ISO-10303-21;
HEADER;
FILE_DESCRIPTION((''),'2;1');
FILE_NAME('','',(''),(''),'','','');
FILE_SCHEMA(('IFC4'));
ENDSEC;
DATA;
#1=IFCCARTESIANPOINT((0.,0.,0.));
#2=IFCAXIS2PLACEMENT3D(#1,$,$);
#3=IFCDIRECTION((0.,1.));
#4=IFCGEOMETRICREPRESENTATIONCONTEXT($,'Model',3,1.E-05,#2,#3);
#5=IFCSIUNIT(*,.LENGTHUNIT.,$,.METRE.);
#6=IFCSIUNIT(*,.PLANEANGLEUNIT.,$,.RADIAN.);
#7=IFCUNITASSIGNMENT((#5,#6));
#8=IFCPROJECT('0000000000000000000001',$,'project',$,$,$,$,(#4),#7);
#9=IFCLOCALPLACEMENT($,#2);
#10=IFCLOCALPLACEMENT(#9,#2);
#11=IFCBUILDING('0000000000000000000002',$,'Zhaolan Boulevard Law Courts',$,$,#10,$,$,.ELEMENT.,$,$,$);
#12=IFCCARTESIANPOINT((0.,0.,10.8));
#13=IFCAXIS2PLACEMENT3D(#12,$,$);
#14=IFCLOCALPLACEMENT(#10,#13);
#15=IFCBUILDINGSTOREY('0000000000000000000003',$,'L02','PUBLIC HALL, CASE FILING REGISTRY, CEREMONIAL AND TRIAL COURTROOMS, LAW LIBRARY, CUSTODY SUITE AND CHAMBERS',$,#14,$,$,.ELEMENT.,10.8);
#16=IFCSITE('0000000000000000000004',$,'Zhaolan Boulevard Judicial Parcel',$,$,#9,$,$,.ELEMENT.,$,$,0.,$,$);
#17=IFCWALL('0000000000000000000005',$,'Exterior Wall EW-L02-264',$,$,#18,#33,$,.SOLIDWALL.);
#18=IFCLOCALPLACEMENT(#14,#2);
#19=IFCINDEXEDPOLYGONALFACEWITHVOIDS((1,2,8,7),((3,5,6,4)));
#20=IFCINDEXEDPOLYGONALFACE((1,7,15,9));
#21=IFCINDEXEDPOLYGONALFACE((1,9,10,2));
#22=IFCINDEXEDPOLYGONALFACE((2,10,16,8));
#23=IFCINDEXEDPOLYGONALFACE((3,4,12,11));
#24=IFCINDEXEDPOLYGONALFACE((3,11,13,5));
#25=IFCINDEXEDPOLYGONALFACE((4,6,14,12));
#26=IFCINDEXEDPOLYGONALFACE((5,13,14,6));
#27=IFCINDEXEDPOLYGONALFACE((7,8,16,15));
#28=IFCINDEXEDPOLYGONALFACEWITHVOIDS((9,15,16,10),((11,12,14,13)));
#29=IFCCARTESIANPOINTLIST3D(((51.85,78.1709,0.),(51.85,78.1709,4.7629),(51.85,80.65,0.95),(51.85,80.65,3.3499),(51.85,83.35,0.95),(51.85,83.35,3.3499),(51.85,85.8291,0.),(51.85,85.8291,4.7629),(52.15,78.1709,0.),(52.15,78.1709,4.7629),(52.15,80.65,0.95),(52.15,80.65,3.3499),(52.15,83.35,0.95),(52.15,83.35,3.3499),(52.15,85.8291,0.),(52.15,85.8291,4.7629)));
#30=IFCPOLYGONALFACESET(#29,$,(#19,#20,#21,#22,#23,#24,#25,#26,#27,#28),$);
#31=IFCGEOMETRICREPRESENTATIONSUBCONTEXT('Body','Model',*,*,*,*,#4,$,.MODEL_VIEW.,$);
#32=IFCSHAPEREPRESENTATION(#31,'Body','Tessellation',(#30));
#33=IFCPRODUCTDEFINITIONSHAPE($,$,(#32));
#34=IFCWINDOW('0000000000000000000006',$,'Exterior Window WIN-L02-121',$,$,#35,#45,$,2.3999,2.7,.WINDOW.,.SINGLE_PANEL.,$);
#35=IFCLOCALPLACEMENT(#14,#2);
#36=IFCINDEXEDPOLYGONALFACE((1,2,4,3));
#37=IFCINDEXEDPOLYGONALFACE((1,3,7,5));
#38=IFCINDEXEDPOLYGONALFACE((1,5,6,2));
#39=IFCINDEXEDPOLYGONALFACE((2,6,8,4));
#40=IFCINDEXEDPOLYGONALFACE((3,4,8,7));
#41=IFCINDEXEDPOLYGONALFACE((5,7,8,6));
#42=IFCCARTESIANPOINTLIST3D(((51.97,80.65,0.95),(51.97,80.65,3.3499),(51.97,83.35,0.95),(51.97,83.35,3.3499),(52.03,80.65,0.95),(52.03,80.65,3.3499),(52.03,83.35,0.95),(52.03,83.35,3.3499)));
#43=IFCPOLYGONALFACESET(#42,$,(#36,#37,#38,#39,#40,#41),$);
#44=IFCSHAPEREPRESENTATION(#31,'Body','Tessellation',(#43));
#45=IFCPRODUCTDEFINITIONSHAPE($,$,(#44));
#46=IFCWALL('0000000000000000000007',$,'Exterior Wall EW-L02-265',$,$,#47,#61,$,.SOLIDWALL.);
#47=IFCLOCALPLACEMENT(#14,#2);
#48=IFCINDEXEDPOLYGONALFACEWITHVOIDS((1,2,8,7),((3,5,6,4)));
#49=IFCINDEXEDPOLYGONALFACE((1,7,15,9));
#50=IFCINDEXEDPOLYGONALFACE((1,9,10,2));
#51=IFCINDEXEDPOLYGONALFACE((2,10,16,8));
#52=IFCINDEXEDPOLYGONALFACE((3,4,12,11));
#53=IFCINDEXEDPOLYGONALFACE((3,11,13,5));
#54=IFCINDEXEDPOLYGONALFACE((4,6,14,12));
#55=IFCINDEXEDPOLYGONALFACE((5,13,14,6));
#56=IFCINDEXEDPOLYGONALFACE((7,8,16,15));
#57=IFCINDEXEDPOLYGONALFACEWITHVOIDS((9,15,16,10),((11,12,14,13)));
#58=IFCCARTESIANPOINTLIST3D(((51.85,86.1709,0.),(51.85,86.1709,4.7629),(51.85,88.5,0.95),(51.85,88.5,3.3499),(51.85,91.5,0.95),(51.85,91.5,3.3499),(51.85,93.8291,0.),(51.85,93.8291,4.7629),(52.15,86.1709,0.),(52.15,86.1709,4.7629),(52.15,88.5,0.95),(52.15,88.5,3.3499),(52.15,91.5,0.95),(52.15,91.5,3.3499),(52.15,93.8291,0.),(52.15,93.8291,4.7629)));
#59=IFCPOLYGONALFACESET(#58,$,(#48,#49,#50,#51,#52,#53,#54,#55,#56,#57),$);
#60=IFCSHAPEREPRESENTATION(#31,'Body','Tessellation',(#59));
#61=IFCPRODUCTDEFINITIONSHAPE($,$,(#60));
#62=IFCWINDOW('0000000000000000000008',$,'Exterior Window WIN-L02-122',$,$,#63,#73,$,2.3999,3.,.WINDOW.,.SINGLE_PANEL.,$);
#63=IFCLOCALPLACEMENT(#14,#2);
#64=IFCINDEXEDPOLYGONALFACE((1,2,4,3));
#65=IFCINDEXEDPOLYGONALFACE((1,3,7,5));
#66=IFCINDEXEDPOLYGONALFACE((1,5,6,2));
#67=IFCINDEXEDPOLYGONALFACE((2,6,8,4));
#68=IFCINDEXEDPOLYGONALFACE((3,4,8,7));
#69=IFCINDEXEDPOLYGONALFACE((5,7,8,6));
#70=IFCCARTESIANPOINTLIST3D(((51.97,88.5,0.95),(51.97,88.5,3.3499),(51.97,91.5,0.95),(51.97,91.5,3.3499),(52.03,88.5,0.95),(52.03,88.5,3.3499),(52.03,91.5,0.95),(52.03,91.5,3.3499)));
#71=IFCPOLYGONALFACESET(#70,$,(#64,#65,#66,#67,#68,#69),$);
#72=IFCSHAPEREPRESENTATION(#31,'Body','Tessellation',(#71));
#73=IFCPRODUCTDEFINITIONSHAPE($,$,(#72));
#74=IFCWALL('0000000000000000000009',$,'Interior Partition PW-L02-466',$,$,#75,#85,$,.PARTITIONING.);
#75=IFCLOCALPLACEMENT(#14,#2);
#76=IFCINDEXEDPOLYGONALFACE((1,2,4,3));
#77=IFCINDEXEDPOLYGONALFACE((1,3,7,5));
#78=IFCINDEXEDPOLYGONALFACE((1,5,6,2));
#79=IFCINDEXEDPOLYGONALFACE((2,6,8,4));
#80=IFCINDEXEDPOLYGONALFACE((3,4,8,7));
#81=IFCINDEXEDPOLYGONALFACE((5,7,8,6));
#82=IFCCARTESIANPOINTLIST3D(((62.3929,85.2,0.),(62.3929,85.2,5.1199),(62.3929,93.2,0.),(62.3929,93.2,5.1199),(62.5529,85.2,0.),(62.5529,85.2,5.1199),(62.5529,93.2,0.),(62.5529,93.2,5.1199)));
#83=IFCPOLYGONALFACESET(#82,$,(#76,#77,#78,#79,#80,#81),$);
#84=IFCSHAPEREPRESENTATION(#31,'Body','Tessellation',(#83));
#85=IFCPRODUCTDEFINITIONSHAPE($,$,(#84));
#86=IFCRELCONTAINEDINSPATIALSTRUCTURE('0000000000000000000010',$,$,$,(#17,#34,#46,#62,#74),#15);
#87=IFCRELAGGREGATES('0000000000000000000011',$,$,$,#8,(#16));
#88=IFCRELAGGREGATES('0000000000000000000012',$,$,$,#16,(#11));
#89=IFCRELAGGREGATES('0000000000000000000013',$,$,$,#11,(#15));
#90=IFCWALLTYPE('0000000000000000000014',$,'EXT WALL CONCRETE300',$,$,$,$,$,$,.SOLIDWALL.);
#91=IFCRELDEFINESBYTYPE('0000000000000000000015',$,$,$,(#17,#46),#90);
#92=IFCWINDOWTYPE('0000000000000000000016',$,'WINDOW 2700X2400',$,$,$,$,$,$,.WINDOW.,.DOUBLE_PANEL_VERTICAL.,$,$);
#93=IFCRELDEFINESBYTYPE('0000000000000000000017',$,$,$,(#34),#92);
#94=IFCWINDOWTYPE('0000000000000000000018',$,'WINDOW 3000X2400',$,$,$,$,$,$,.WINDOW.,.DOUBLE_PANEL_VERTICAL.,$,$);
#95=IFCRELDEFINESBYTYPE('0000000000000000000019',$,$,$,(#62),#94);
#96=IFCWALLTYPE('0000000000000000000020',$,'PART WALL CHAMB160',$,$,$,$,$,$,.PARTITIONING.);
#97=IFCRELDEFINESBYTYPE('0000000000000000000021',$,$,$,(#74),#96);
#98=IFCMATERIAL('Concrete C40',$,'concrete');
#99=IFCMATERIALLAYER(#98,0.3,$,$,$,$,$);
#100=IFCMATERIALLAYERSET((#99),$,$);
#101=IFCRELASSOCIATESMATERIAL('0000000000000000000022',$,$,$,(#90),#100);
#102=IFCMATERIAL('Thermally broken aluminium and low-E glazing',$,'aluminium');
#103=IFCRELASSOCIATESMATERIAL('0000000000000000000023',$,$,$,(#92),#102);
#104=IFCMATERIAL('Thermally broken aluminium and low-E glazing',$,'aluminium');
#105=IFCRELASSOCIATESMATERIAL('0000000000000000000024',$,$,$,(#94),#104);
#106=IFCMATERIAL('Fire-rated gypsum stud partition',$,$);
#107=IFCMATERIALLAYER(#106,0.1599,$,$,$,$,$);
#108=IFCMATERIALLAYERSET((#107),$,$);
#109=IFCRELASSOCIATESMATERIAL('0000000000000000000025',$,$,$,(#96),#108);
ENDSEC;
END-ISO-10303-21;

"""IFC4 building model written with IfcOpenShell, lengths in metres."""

from ifc_helpers import new_model, si_unit, direction, frame, frame_2d, origin, place, context, subcontext, project, spatial, rectangle, extrude, material, layer, layer_set, type_object, element, fill, save


model = new_model("IFC4")

# Units and contexts
model_context = context("Model", 3, precision=1e-05, world=origin(), true_north=direction((0.0, 1.0)))
body_context = subcontext(model_context, "Body", "Model", "MODEL_VIEW")
ifc_project = project(units=[si_unit("LENGTHUNIT", "METRE"), si_unit("PLANEANGLEUNIT", "RADIAN")], contexts=[model_context])

# Site, building, storey
site_placement = place(None, origin())
site = spatial("IfcSite", under=ifc_project, at=site_placement, Name="Zhaolan Boulevard Judicial Parcel", CompositionType="ELEMENT", RefElevation=0.0)
building_placement = place(site_placement, origin())
building = spatial("IfcBuilding", under=site, at=building_placement, Name="Zhaolan Boulevard Law Courts", CompositionType="ELEMENT")
storey_placement = place(building_placement, frame((0.0, 0.0, 10.8)))
storey = spatial("IfcBuildingStorey", under=building, at=storey_placement, Name="L02", Description="PUBLIC HALL, CASE FILING REGISTRY, CEREMONIAL AND TRIAL COURTROOMS, LAW LIBRARY, CUSTODY SUITE AND CHAMBERS", CompositionType="ELEMENT", Elevation=10.8)

# Walls, openings, windows
ifc_material_1 = material(Name="Concrete C40", Category="concrete")
ifc_layer_1 = layer(ifc_material_1, 0.3)
ifc_layer_set_1 = layer_set([ifc_layer_1])
wall_type_1 = type_object("IfcWallType", Name="EXT WALL CONCRETE300", PredefinedType="SOLIDWALL", material=ifc_layer_set_1)
wall_1_placement = place(storey_placement, frame((52.0, 85.8291, 0.0), z_axis=(0.0, 0.0, 1.0), x_axis=(0.0, -1.0, 0.0)))
wall_1 = element("IfcWall", 1, at=wall_1_placement, inside=storey, type_object=wall_type_1, Name="Exterior Wall EW-L02-264", PredefinedType="SOLIDWALL", context=body_context, shape_type="SweptSolid", body=[
    extrude(rectangle(XDim=7.6582, YDim=0.3, at=frame_2d((3.8291, 0.0))), origin(), (0.0, 0.0, 1.0), 4.7629),
])
opening_1_placement = place(wall_1_placement, frame((2.479, 0.0, 0.95)))
opening_1 = element("IfcOpeningElement", 2, at=opening_1_placement, cuts=wall_1, PredefinedType="OPENING", context=body_context, shape_type="SweptSolid", body=[
    extrude(rectangle(XDim=2.7, YDim=2.3999, at=frame_2d((1.3501, 1.2))), frame((0.0, 0.1599, 0.0), z_axis=(0.0, -1.0, 0.0), x_axis=(1.0, 0.0, 0.0)), (0.0, 0.0, 1.0), 0.3201),
])
ifc_material_2 = material(Name="Thermally broken aluminium and low-E glazing", Category="aluminium")
window_type_1 = type_object("IfcWindowType", Name="WINDOW 2700X2400", PartitioningType="DOUBLE_PANEL_VERTICAL", PredefinedType="WINDOW", material=ifc_material_2)
window_1_placement = place(opening_1_placement, origin())
window_1 = element("IfcWindow", 3, at=window_1_placement, inside=storey, type_object=window_type_1, Name="Exterior Window WIN-L02-121", OverallHeight=2.3999, OverallWidth=2.7, PartitioningType="SINGLE_PANEL", PredefinedType="WINDOW", context=body_context, shape_type="SweptSolid", body=[
    extrude(rectangle(XDim=2.7, YDim=2.3999, at=frame_2d((1.3501, 1.2))), frame((0.0, 0.03, 0.0), z_axis=(0.0, -1.0, 0.0), x_axis=(1.0, 0.0, 0.0)), (0.0, 0.0, 1.0), 0.0601),
])
fill(opening_1, window_1)
wall_2_placement = place(storey_placement, frame((52.0, 93.8291, 0.0), z_axis=(0.0, 0.0, 1.0), x_axis=(0.0, -1.0, 0.0)))
wall_2 = element("IfcWall", 4, at=wall_2_placement, inside=storey, type_object=wall_type_1, Name="Exterior Wall EW-L02-265", PredefinedType="SOLIDWALL", context=body_context, shape_type="SweptSolid", body=[
    extrude(rectangle(XDim=7.6582, YDim=0.3, at=frame_2d((3.8291, 0.0))), origin(), (0.0, 0.0, 1.0), 4.7629),
])
opening_2_placement = place(wall_2_placement, frame((2.3291, 0.0, 0.95)))
opening_2 = element("IfcOpeningElement", 5, at=opening_2_placement, cuts=wall_2, PredefinedType="OPENING", context=body_context, shape_type="SweptSolid", body=[
    extrude(rectangle(XDim=3.0, YDim=2.3999, at=frame_2d((1.5, 1.2))), frame((0.0, 0.1599, 0.0), z_axis=(0.0, -1.0, 0.0), x_axis=(1.0, 0.0, 0.0)), (0.0, 0.0, 1.0), 0.3201),
])
ifc_material_3 = material(Name="Thermally broken aluminium and low-E glazing", Category="aluminium")
window_type_2 = type_object("IfcWindowType", Name="WINDOW 3000X2400", PartitioningType="DOUBLE_PANEL_VERTICAL", PredefinedType="WINDOW", material=ifc_material_3)
window_2_placement = place(opening_2_placement, origin())
window_2 = element("IfcWindow", 6, at=window_2_placement, inside=storey, type_object=window_type_2, Name="Exterior Window WIN-L02-122", OverallHeight=2.3999, OverallWidth=3.0, PartitioningType="SINGLE_PANEL", PredefinedType="WINDOW", context=body_context, shape_type="SweptSolid", body=[
    extrude(rectangle(XDim=3.0, YDim=2.3999, at=frame_2d((1.5, 1.2))), frame((0.0, 0.03, 0.0), z_axis=(0.0, -1.0, 0.0), x_axis=(1.0, 0.0, 0.0)), (0.0, 0.0, 1.0), 0.0601),
])
fill(opening_2, window_2)

# Wall
ifc_material_4 = material(Name="Fire-rated gypsum stud partition")
ifc_layer_2 = layer(ifc_material_4, 0.1599)
ifc_layer_set_2 = layer_set([ifc_layer_2])
wall_type_2 = type_object("IfcWallType", Name="PART WALL CHAMB160", PredefinedType="PARTITIONING", material=ifc_layer_set_2)
wall_3_placement = place(storey_placement, frame((62.4729, 93.2, 0.0), z_axis=(0.0, 0.0, 1.0), x_axis=(0.0, -1.0, 0.0)))
element("IfcWall", 7, at=wall_3_placement, inside=storey, type_object=wall_type_2, Name="Interior Partition PW-L02-466", PredefinedType="PARTITIONING", context=body_context, shape_type="SweptSolid", body=[
    extrude(rectangle(XDim=8.0, YDim=0.1599, at=frame_2d((4.0, 0.0))), origin(), (0.0, 0.0, 1.0), 5.1199),
])

save(model, "model.ifc")
